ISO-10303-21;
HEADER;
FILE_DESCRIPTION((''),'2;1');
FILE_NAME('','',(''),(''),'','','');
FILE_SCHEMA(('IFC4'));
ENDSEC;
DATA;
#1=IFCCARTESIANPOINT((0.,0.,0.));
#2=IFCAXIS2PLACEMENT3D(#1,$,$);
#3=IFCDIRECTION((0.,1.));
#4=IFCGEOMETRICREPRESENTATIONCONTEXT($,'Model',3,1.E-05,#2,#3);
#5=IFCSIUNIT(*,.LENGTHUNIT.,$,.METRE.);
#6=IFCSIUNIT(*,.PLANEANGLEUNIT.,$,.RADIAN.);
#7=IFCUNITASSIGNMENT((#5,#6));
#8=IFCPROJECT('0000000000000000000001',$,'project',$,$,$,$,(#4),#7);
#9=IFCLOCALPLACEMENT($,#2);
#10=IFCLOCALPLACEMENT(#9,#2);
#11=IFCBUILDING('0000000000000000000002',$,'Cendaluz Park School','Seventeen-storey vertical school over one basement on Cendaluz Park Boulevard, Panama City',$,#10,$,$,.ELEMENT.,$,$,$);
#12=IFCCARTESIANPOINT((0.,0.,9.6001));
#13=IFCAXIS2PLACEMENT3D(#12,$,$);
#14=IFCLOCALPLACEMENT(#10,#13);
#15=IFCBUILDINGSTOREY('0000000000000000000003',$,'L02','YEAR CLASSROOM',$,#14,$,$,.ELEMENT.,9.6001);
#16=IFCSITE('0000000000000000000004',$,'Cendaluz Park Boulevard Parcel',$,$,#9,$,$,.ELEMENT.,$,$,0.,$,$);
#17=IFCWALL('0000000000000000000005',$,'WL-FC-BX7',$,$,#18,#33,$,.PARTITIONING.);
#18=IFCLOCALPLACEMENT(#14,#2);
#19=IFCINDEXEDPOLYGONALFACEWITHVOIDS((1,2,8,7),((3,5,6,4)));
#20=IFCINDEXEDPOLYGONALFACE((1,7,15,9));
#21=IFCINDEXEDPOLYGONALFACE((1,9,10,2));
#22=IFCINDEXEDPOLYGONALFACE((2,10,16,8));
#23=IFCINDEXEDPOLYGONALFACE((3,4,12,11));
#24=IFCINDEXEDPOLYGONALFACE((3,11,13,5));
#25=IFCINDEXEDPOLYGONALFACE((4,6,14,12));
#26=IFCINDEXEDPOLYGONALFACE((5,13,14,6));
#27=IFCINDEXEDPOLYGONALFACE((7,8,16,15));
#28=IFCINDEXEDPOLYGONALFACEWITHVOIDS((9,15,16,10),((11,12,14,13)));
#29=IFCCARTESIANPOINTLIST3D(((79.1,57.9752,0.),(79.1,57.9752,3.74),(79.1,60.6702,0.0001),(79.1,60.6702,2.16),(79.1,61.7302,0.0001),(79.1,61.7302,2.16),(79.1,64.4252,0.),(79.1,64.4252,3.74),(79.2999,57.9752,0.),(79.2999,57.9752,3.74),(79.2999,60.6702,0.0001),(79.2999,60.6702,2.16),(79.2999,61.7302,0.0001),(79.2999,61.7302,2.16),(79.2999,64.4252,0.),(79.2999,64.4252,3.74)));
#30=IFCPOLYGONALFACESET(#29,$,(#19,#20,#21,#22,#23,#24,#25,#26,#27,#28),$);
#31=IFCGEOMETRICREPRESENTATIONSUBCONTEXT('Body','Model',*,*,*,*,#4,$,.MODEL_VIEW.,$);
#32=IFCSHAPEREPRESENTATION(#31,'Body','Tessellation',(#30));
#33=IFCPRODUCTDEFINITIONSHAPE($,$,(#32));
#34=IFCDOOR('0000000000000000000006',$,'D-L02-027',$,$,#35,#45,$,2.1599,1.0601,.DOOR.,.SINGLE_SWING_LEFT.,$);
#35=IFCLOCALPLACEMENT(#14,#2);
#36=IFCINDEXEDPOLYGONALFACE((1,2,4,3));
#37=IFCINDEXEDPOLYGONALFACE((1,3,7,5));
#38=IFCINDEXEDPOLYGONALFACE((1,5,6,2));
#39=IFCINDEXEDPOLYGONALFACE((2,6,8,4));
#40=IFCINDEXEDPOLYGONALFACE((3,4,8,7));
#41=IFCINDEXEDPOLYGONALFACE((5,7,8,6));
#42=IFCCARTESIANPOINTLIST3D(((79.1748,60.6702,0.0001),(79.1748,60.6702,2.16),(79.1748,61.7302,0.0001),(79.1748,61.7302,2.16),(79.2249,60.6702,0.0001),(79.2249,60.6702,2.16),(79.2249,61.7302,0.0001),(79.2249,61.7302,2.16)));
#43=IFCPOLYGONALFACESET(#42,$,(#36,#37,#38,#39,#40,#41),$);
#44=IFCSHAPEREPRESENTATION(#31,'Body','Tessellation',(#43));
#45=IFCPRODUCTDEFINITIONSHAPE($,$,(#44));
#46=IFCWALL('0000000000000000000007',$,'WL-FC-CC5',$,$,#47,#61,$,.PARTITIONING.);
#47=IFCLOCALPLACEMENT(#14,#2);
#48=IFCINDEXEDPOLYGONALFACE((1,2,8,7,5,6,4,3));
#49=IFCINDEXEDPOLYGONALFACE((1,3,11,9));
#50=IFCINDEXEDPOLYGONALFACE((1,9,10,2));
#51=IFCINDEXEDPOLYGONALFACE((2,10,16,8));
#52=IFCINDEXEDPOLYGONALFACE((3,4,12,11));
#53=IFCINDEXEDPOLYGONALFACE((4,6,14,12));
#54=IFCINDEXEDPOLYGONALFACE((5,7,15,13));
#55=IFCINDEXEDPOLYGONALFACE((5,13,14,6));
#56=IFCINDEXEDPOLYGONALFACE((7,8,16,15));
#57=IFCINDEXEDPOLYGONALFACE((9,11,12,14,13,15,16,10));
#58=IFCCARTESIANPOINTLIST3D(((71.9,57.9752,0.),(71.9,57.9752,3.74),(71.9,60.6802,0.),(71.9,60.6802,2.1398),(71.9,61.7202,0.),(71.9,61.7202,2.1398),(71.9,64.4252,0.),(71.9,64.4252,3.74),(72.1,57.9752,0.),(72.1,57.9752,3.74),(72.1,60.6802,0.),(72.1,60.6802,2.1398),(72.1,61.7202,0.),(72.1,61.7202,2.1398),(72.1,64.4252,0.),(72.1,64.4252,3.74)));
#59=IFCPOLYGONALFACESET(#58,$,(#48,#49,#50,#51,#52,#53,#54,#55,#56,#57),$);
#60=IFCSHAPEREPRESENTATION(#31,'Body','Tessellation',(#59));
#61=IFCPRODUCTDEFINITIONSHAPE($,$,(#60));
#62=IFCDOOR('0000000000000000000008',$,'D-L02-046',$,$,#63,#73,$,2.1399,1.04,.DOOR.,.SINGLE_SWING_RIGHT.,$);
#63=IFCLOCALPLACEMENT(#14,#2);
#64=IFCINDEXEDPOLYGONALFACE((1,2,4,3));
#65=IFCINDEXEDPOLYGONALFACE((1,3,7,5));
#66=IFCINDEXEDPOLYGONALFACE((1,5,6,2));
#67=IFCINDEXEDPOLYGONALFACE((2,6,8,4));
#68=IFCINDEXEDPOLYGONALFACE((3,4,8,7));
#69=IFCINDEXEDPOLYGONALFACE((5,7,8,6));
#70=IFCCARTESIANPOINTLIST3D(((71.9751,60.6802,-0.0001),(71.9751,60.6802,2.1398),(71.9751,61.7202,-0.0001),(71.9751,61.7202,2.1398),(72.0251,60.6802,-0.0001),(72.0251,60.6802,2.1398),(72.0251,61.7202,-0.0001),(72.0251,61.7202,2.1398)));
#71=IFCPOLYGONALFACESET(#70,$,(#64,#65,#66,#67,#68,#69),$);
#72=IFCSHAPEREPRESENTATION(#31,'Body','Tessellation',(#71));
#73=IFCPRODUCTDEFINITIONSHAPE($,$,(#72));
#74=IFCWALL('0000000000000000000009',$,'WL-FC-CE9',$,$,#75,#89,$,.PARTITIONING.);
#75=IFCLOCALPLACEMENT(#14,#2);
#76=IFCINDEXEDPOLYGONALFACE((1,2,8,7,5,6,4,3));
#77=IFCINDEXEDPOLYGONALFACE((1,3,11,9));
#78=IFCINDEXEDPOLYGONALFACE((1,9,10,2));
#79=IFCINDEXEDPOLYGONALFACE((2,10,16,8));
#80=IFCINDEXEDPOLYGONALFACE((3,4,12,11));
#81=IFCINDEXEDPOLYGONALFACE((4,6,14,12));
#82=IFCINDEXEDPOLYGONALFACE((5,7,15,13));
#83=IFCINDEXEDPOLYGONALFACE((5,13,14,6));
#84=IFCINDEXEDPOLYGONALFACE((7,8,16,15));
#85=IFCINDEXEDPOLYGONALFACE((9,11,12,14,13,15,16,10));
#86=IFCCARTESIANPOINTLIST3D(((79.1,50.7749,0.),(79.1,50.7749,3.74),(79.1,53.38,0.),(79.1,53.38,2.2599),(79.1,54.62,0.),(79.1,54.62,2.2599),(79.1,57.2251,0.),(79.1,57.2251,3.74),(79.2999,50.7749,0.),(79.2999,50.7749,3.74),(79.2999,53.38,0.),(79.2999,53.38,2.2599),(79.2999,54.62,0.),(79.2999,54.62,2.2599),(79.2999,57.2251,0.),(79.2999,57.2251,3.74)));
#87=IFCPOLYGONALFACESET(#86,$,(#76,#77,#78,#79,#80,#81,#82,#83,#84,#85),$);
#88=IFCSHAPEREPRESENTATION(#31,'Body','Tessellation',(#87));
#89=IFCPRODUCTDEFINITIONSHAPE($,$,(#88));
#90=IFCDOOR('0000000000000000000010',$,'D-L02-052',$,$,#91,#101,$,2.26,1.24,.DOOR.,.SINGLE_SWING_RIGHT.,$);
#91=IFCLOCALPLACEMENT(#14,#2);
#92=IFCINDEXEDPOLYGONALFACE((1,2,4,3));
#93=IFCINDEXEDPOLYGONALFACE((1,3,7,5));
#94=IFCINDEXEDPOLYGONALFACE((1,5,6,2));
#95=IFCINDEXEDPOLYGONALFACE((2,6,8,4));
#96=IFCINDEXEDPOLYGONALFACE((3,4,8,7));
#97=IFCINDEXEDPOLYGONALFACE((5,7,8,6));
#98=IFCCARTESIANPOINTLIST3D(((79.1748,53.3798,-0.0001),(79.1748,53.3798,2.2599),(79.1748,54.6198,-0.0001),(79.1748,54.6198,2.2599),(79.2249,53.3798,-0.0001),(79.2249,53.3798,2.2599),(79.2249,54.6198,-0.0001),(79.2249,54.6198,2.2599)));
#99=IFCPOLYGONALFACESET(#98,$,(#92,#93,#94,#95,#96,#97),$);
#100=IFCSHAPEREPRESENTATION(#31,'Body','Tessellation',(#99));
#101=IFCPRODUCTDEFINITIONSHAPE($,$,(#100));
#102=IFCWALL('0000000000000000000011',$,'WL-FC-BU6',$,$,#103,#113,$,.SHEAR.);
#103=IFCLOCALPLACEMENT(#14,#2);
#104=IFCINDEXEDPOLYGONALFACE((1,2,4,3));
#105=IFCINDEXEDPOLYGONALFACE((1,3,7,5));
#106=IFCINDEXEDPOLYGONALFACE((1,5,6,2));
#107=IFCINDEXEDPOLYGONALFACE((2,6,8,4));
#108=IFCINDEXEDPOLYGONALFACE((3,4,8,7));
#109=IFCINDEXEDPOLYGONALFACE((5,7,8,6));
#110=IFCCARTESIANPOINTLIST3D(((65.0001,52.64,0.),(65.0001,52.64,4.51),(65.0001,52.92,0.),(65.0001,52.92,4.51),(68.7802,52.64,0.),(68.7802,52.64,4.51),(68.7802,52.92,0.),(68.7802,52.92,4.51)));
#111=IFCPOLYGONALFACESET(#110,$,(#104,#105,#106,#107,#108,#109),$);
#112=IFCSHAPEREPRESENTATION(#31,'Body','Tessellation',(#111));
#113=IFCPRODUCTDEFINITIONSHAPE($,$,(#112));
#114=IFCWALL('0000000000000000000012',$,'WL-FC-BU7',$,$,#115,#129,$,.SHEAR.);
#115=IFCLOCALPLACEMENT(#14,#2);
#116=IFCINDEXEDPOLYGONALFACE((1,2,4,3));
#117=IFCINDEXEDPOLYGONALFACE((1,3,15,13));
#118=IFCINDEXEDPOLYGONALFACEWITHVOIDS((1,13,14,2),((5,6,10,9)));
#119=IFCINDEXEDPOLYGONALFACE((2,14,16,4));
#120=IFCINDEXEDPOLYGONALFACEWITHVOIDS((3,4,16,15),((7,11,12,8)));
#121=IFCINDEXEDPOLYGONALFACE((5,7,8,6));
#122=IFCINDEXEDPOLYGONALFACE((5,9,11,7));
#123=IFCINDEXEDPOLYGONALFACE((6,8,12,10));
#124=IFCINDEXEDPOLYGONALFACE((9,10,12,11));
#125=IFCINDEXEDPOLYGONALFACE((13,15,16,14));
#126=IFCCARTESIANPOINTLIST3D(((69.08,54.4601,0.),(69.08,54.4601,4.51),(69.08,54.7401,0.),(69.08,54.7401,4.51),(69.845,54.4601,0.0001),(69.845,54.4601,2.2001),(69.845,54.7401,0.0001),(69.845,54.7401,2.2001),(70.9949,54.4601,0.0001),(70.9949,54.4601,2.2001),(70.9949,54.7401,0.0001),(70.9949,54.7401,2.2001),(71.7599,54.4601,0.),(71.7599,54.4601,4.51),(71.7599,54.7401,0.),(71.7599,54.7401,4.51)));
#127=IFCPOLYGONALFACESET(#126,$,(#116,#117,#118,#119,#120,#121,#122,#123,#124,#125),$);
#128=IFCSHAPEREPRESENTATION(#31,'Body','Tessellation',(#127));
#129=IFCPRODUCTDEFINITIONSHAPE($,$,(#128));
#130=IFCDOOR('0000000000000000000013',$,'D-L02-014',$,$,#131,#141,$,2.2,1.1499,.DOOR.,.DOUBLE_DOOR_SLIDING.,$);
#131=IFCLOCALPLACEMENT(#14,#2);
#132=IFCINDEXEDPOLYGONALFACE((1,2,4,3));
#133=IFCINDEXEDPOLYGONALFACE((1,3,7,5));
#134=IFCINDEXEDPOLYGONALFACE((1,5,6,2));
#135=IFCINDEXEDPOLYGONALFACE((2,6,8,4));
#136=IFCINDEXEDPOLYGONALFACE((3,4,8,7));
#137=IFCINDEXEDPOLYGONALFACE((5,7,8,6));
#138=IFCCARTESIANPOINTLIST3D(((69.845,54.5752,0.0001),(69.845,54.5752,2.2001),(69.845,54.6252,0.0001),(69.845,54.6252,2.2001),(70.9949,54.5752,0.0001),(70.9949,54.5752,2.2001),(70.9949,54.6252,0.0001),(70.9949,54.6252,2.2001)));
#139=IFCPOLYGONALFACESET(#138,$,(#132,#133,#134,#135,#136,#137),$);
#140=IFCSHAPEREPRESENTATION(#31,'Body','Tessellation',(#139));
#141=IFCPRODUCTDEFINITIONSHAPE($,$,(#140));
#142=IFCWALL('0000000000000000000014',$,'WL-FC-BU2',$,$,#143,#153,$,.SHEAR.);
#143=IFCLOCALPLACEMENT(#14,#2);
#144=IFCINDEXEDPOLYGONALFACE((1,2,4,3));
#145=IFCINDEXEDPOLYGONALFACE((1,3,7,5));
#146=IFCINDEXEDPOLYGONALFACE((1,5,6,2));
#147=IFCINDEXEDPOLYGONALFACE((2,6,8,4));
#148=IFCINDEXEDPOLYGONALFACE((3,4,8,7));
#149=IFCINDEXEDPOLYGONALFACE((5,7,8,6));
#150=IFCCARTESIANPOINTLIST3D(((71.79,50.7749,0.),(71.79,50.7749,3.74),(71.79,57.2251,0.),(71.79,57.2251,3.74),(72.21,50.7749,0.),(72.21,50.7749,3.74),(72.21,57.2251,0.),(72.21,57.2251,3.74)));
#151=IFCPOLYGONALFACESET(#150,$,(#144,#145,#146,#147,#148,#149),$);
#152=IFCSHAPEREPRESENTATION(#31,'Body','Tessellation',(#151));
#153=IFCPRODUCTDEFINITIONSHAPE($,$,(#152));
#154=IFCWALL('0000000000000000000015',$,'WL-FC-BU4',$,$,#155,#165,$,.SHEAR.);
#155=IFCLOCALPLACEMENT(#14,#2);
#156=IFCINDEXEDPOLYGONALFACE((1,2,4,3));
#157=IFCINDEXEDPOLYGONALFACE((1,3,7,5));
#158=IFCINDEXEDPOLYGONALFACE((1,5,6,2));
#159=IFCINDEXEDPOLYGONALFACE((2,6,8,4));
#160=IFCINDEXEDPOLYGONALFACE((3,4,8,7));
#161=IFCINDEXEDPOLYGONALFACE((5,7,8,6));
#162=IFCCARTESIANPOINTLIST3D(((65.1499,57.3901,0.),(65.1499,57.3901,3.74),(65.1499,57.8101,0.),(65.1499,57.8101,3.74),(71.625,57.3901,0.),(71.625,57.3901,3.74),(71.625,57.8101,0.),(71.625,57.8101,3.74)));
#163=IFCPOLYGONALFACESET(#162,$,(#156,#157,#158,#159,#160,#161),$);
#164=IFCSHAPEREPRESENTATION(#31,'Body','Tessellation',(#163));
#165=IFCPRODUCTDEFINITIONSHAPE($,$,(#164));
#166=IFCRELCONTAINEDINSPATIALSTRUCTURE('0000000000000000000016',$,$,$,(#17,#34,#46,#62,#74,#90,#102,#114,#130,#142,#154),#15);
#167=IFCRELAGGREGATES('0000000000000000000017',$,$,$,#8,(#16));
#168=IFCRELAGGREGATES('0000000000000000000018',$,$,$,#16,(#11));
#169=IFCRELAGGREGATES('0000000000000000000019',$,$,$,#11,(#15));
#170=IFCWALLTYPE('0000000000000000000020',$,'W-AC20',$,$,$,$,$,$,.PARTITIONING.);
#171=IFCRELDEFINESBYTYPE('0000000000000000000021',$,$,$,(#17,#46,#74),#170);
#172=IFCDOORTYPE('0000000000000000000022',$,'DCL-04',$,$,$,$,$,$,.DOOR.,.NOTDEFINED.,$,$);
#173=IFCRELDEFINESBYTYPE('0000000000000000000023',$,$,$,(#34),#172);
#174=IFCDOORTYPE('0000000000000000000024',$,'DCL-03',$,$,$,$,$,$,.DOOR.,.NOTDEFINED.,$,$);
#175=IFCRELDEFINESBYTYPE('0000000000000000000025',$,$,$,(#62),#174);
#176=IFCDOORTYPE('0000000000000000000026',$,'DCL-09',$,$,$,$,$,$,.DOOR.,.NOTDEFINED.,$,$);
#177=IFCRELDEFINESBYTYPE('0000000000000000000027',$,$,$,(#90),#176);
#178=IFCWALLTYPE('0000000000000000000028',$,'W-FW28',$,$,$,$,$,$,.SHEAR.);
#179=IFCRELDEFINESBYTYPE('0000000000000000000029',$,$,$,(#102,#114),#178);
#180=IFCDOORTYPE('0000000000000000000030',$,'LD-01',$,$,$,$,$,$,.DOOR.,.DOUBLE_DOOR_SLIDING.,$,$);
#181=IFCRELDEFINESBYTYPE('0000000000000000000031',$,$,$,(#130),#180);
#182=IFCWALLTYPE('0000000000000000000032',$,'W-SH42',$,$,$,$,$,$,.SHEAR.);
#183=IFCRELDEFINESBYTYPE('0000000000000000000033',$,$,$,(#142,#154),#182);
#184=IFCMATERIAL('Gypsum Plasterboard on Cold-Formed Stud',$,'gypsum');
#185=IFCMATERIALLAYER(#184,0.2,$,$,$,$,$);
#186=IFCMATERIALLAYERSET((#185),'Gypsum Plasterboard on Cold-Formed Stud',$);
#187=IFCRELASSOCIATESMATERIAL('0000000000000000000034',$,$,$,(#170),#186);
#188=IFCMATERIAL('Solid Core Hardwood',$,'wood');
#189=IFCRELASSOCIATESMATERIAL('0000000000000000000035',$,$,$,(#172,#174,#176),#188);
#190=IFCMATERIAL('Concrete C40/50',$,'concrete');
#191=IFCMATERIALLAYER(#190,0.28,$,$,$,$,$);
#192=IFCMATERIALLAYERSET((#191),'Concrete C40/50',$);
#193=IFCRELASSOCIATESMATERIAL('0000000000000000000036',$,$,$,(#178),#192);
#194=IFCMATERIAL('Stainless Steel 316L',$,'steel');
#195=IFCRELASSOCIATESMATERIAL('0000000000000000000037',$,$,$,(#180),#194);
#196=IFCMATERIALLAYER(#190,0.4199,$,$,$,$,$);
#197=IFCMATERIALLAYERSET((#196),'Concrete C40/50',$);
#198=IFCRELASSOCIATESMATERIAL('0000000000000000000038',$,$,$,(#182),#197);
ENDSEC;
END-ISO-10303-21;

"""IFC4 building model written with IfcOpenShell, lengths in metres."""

from ifc_helpers import new_model, si_unit, direction, frame, frame_2d, origin, place, context, subcontext, project, spatial, rectangle, extrude, material, layer, layer_set, type_object, element, fill, save


model = new_model("IFC4")

# Units and contexts
model_context = context("Model", 3, precision=1e-05, world=origin(), true_north=direction((0.0, 1.0)))
body_context = subcontext(model_context, "Body", "Model", "MODEL_VIEW")
ifc_project = project(units=[si_unit("LENGTHUNIT", "METRE"), si_unit("PLANEANGLEUNIT", "RADIAN")], contexts=[model_context])

# Site, building, storey
site_placement = place(None, origin())
site = spatial("IfcSite", under=ifc_project, at=site_placement, Name="Cendaluz Park Boulevard Parcel", CompositionType="ELEMENT", RefElevation=0.0)
building_placement = place(site_placement, origin())
building = spatial("IfcBuilding", under=site, at=building_placement, Name="Cendaluz Park School", Description="Seventeen-storey vertical school over one basement on Cendaluz Park Boulevard, Panama City", CompositionType="ELEMENT")
storey_placement = place(building_placement, frame((0.0, 0.0, 9.6001)))
storey = spatial("IfcBuildingStorey", under=building, at=storey_placement, Name="L02", Description="YEAR CLASSROOM", CompositionType="ELEMENT", Elevation=9.6001)

# Shared definitions
ifc_material_1 = material(Name="Concrete C40/50", Category="concrete")

# Shared definitions
ifc_material_2 = material(Name="Gypsum Plasterboard on Cold-Formed Stud", Category="gypsum")
ifc_layer_1 = layer(ifc_material_2, 0.2)
ifc_layer_set_1 = layer_set([ifc_layer_1], Name="Gypsum Plasterboard on Cold-Formed Stud")
wall_type_1 = type_object("IfcWallType", Name="W-AC20", PredefinedType="PARTITIONING", material=ifc_layer_set_1)

# Walls, openings, doors
wall_1_placement = place(storey_placement, frame((79.2, 57.9751, 0.0), z_axis=(0.0, 0.0, 1.0), x_axis=(0.0, 1.0, 0.0)))
wall_1 = element("IfcWall", 1, at=wall_1_placement, inside=storey, type_object=wall_type_1, Name="WL-FC-BX7", PredefinedType="PARTITIONING", context=body_context, shape_type="SweptSolid", body=[
    extrude(rectangle(XDim=6.45, YDim=0.2, at=frame_2d((3.2251, 0.0))), origin(), (0.0, 0.0, 1.0), 3.74),
])
opening_1_placement = place(wall_1_placement, frame((2.6951, 0.0, 0.0)))
opening_1 = element("IfcOpeningElement", 2, at=opening_1_placement, cuts=wall_1, PredefinedType="OPENING", context=body_context, shape_type="SweptSolid", body=[
    extrude(rectangle(XDim=1.0601, YDim=2.1599, at=frame_2d((0.53, 1.0801))), frame((0.0, 0.1121, 0.0), z_axis=(0.0, -1.0, 0.0), x_axis=(1.0, 0.0, 0.0)), (0.0, 0.0, 1.0), 0.2239),
])
ifc_material_3 = material(Name="Solid Core Hardwood", Category="wood")
door_type_1 = type_object("IfcDoorType", Name="DCL-04", OperationType="NOTDEFINED", PredefinedType="DOOR", material=ifc_material_3)
door_1_placement = place(opening_1_placement, frame((1.0601, 0.0, 0.0), z_axis=(0.0, 0.0, 1.0), x_axis=(-1.0, 0.0, 0.0)))
door_1 = element("IfcDoor", 3, at=door_1_placement, inside=storey, type_object=door_type_1, Name="D-L02-027", OperationType="SINGLE_SWING_LEFT", OverallHeight=2.1599, OverallWidth=1.0601, PredefinedType="DOOR", context=body_context, shape_type="SweptSolid", body=[
    extrude(rectangle(XDim=1.0601, YDim=2.1599, at=frame_2d((0.53, 1.0801))), frame((0.0, 0.0249, 0.0), z_axis=(0.0, -1.0, 0.0), x_axis=(1.0, 0.0, 0.0)), (0.0, 0.0, 1.0), 0.05),
])
fill(opening_1, door_1)
wall_2_placement = place(storey_placement, frame((72.0, 57.9751, 0.0), z_axis=(0.0, 0.0, 1.0), x_axis=(0.0, 1.0, 0.0)))
wall_2 = element("IfcWall", 4, at=wall_2_placement, inside=storey, type_object=wall_type_1, Name="WL-FC-CC5", PredefinedType="PARTITIONING", context=body_context, shape_type="SweptSolid", body=[
    extrude(rectangle(XDim=6.45, YDim=0.2, at=frame_2d((3.2251, 0.0))), origin(), (0.0, 0.0, 1.0), 3.74),
])
opening_2_placement = place(wall_2_placement, frame((2.7051, 0.0, 0.0)))
opening_2 = element("IfcOpeningElement", 5, at=opening_2_placement, cuts=wall_2, PredefinedType="OPENING", context=body_context, shape_type="SweptSolid", body=[
    extrude(rectangle(XDim=1.04, YDim=2.1399, at=frame_2d((0.52, 1.0698))), frame((0.0, 0.1121, 0.0), z_axis=(0.0, -1.0, 0.0), x_axis=(1.0, 0.0, 0.0)), (0.0, 0.0, 1.0), 0.2239),
])
door_type_2 = type_object("IfcDoorType", Name="DCL-03", OperationType="NOTDEFINED", PredefinedType="DOOR", material=ifc_material_3)
door_2_placement = place(opening_2_placement, origin())
door_2 = element("IfcDoor", 6, at=door_2_placement, inside=storey, type_object=door_type_2, Name="D-L02-046", OperationType="SINGLE_SWING_RIGHT", OverallHeight=2.1399, OverallWidth=1.04, PredefinedType="DOOR", context=body_context, shape_type="SweptSolid", body=[
    extrude(rectangle(XDim=1.04, YDim=2.1399, at=frame_2d((0.52, 1.0698))), frame((0.0, 0.0249, 0.0), z_axis=(0.0, -1.0, 0.0), x_axis=(1.0, 0.0, 0.0)), (0.0, 0.0, 1.0), 0.05),
])
fill(opening_2, door_2)
wall_3_placement = place(storey_placement, frame((79.2, 50.7749, 0.0), z_axis=(0.0, 0.0, 1.0), x_axis=(0.0, 1.0, 0.0)))
wall_3 = element("IfcWall", 7, at=wall_3_placement, inside=storey, type_object=wall_type_1, Name="WL-FC-CE9", PredefinedType="PARTITIONING", context=body_context, shape_type="SweptSolid", body=[
    extrude(rectangle(XDim=6.4502, YDim=0.2, at=frame_2d((3.2251, 0.0))), origin(), (0.0, 0.0, 1.0), 3.74),
])
opening_3_placement = place(wall_3_placement, frame((2.605, 0.0, 0.0)))
opening_3 = element("IfcOpeningElement", 8, at=opening_3_placement, cuts=wall_3, PredefinedType="OPENING", context=body_context, shape_type="SweptSolid", body=[
    extrude(rectangle(XDim=1.24, YDim=2.26, at=frame_2d((0.6201, 1.1299))), frame((0.0, 0.1121, 0.0), z_axis=(0.0, -1.0, 0.0), x_axis=(1.0, 0.0, 0.0)), (0.0, 0.0, 1.0), 0.2239),
])
door_type_3 = type_object("IfcDoorType", Name="DCL-09", OperationType="NOTDEFINED", PredefinedType="DOOR", material=ifc_material_3)
door_3_placement = place(opening_3_placement, frame((1.24, 0.0, 0.0), z_axis=(0.0, 0.0, 1.0), x_axis=(-1.0, 0.0, 0.0)))
door_3 = element("IfcDoor", 9, at=door_3_placement, inside=storey, type_object=door_type_3, Name="D-L02-052", OperationType="SINGLE_SWING_RIGHT", OverallHeight=2.26, OverallWidth=1.24, PredefinedType="DOOR", context=body_context, shape_type="SweptSolid", body=[
    extrude(rectangle(XDim=1.24, YDim=2.26, at=frame_2d((0.6201, 1.1299))), frame((0.0, 0.0249, 0.0), z_axis=(0.0, -1.0, 0.0), x_axis=(1.0, 0.0, 0.0)), (0.0, 0.0, 1.0), 0.05),
])
fill(opening_3, door_3)

# Wall
ifc_layer_2 = layer(ifc_material_1, 0.28)
ifc_layer_set_2 = layer_set([ifc_layer_2], Name="Concrete C40/50")
wall_type_2 = type_object("IfcWallType", Name="W-FW28", PredefinedType="SHEAR", material=ifc_layer_set_2)
wall_4_placement = place(storey_placement, frame((65.0, 52.78, 0.0), z_axis=(0.0, 0.0, 1.0), x_axis=(1.0, 0.0, 0.0)))
element("IfcWall", 10, at=wall_4_placement, inside=storey, type_object=wall_type_2, Name="WL-FC-BU6", PredefinedType="SHEAR", context=body_context, shape_type="SweptSolid", body=[
    extrude(rectangle(XDim=3.78, YDim=0.28, at=frame_2d((1.8901, 0.0))), origin(), (0.0, 0.0, 1.0), 4.51),
])

# Wall, opening, door
wall_5_placement = place(storey_placement, frame((69.0801, 54.6001, 0.0), z_axis=(0.0, 0.0, 1.0), x_axis=(1.0, 0.0, 0.0)))
wall_5 = element("IfcWall", 11, at=wall_5_placement, inside=storey, type_object=wall_type_2, Name="WL-FC-BU7", PredefinedType="SHEAR", context=body_context, shape_type="SweptSolid", body=[
    extrude(rectangle(XDim=2.6799, YDim=0.28, at=frame_2d((1.3398, 0.0))), origin(), (0.0, 0.0, 1.0), 4.51),
])
opening_4_placement = place(wall_5_placement, frame((0.7649, 0.0, 0.0)))
opening_4 = element("IfcOpeningElement", 12, at=opening_4_placement, cuts=wall_5, PredefinedType="OPENING", context=body_context, shape_type="SweptSolid", body=[
    extrude(rectangle(XDim=1.1499, YDim=2.2, at=frame_2d((0.575, 1.1001))), frame((0.0, 0.1521, 0.0), z_axis=(0.0, -1.0, 0.0), x_axis=(1.0, 0.0, 0.0)), (0.0, 0.0, 1.0), 0.304),
])
ifc_material_4 = material(Name="Stainless Steel 316L", Category="steel")
door_type_4 = type_object("IfcDoorType", Name="LD-01", OperationType="DOUBLE_DOOR_SLIDING", PredefinedType="DOOR", material=ifc_material_4)
door_4_placement = place(opening_4_placement, frame((1.1499, 0.0, 0.0), z_axis=(0.0, 0.0, 1.0), x_axis=(-1.0, 0.0, 0.0)))
door_4 = element("IfcDoor", 13, at=door_4_placement, inside=storey, type_object=door_type_4, Name="D-L02-014", OperationType="DOUBLE_DOOR_SLIDING", OverallHeight=2.2, OverallWidth=1.1499, PredefinedType="DOOR", context=body_context, shape_type="SweptSolid", body=[
    extrude(rectangle(XDim=1.1499, YDim=2.2, at=frame_2d((0.575, 1.1001))), frame((0.0, 0.0249, 0.0), z_axis=(0.0, -1.0, 0.0), x_axis=(1.0, 0.0, 0.0)), (0.0, 0.0, 1.0), 0.05),
])
fill(opening_4, door_4)

# Walls
ifc_layer_3 = layer(ifc_material_1, 0.4199)
ifc_layer_set_3 = layer_set([ifc_layer_3], Name="Concrete C40/50")
wall_type_3 = type_object("IfcWallType", Name="W-SH42", PredefinedType="SHEAR", material=ifc_layer_set_3)
wall_6_placement = place(storey_placement, frame((72.0, 50.7749, 0.0), z_axis=(0.0, 0.0, 1.0), x_axis=(0.0, 1.0, 0.0)))
element("IfcWall", 14, at=wall_6_placement, inside=storey, type_object=wall_type_3, Name="WL-FC-BU2", PredefinedType="SHEAR", context=body_context, shape_type="SweptSolid", body=[
    extrude(rectangle(XDim=6.4502, YDim=0.4199, at=frame_2d((3.2251, 0.0))), origin(), (0.0, 0.0, 1.0), 3.74),
])
wall_7_placement = place(storey_placement, frame((65.1499, 57.6001, 0.0), z_axis=(0.0, 0.0, 1.0), x_axis=(1.0, 0.0, 0.0)))
element("IfcWall", 15, at=wall_7_placement, inside=storey, type_object=wall_type_3, Name="WL-FC-BU4", PredefinedType="SHEAR", context=body_context, shape_type="SweptSolid", body=[
    extrude(rectangle(XDim=6.4751, YDim=0.4199, at=frame_2d((3.2375, 0.0))), origin(), (0.0, 0.0, 1.0), 3.74),
])

save(model, "model.ifc")
